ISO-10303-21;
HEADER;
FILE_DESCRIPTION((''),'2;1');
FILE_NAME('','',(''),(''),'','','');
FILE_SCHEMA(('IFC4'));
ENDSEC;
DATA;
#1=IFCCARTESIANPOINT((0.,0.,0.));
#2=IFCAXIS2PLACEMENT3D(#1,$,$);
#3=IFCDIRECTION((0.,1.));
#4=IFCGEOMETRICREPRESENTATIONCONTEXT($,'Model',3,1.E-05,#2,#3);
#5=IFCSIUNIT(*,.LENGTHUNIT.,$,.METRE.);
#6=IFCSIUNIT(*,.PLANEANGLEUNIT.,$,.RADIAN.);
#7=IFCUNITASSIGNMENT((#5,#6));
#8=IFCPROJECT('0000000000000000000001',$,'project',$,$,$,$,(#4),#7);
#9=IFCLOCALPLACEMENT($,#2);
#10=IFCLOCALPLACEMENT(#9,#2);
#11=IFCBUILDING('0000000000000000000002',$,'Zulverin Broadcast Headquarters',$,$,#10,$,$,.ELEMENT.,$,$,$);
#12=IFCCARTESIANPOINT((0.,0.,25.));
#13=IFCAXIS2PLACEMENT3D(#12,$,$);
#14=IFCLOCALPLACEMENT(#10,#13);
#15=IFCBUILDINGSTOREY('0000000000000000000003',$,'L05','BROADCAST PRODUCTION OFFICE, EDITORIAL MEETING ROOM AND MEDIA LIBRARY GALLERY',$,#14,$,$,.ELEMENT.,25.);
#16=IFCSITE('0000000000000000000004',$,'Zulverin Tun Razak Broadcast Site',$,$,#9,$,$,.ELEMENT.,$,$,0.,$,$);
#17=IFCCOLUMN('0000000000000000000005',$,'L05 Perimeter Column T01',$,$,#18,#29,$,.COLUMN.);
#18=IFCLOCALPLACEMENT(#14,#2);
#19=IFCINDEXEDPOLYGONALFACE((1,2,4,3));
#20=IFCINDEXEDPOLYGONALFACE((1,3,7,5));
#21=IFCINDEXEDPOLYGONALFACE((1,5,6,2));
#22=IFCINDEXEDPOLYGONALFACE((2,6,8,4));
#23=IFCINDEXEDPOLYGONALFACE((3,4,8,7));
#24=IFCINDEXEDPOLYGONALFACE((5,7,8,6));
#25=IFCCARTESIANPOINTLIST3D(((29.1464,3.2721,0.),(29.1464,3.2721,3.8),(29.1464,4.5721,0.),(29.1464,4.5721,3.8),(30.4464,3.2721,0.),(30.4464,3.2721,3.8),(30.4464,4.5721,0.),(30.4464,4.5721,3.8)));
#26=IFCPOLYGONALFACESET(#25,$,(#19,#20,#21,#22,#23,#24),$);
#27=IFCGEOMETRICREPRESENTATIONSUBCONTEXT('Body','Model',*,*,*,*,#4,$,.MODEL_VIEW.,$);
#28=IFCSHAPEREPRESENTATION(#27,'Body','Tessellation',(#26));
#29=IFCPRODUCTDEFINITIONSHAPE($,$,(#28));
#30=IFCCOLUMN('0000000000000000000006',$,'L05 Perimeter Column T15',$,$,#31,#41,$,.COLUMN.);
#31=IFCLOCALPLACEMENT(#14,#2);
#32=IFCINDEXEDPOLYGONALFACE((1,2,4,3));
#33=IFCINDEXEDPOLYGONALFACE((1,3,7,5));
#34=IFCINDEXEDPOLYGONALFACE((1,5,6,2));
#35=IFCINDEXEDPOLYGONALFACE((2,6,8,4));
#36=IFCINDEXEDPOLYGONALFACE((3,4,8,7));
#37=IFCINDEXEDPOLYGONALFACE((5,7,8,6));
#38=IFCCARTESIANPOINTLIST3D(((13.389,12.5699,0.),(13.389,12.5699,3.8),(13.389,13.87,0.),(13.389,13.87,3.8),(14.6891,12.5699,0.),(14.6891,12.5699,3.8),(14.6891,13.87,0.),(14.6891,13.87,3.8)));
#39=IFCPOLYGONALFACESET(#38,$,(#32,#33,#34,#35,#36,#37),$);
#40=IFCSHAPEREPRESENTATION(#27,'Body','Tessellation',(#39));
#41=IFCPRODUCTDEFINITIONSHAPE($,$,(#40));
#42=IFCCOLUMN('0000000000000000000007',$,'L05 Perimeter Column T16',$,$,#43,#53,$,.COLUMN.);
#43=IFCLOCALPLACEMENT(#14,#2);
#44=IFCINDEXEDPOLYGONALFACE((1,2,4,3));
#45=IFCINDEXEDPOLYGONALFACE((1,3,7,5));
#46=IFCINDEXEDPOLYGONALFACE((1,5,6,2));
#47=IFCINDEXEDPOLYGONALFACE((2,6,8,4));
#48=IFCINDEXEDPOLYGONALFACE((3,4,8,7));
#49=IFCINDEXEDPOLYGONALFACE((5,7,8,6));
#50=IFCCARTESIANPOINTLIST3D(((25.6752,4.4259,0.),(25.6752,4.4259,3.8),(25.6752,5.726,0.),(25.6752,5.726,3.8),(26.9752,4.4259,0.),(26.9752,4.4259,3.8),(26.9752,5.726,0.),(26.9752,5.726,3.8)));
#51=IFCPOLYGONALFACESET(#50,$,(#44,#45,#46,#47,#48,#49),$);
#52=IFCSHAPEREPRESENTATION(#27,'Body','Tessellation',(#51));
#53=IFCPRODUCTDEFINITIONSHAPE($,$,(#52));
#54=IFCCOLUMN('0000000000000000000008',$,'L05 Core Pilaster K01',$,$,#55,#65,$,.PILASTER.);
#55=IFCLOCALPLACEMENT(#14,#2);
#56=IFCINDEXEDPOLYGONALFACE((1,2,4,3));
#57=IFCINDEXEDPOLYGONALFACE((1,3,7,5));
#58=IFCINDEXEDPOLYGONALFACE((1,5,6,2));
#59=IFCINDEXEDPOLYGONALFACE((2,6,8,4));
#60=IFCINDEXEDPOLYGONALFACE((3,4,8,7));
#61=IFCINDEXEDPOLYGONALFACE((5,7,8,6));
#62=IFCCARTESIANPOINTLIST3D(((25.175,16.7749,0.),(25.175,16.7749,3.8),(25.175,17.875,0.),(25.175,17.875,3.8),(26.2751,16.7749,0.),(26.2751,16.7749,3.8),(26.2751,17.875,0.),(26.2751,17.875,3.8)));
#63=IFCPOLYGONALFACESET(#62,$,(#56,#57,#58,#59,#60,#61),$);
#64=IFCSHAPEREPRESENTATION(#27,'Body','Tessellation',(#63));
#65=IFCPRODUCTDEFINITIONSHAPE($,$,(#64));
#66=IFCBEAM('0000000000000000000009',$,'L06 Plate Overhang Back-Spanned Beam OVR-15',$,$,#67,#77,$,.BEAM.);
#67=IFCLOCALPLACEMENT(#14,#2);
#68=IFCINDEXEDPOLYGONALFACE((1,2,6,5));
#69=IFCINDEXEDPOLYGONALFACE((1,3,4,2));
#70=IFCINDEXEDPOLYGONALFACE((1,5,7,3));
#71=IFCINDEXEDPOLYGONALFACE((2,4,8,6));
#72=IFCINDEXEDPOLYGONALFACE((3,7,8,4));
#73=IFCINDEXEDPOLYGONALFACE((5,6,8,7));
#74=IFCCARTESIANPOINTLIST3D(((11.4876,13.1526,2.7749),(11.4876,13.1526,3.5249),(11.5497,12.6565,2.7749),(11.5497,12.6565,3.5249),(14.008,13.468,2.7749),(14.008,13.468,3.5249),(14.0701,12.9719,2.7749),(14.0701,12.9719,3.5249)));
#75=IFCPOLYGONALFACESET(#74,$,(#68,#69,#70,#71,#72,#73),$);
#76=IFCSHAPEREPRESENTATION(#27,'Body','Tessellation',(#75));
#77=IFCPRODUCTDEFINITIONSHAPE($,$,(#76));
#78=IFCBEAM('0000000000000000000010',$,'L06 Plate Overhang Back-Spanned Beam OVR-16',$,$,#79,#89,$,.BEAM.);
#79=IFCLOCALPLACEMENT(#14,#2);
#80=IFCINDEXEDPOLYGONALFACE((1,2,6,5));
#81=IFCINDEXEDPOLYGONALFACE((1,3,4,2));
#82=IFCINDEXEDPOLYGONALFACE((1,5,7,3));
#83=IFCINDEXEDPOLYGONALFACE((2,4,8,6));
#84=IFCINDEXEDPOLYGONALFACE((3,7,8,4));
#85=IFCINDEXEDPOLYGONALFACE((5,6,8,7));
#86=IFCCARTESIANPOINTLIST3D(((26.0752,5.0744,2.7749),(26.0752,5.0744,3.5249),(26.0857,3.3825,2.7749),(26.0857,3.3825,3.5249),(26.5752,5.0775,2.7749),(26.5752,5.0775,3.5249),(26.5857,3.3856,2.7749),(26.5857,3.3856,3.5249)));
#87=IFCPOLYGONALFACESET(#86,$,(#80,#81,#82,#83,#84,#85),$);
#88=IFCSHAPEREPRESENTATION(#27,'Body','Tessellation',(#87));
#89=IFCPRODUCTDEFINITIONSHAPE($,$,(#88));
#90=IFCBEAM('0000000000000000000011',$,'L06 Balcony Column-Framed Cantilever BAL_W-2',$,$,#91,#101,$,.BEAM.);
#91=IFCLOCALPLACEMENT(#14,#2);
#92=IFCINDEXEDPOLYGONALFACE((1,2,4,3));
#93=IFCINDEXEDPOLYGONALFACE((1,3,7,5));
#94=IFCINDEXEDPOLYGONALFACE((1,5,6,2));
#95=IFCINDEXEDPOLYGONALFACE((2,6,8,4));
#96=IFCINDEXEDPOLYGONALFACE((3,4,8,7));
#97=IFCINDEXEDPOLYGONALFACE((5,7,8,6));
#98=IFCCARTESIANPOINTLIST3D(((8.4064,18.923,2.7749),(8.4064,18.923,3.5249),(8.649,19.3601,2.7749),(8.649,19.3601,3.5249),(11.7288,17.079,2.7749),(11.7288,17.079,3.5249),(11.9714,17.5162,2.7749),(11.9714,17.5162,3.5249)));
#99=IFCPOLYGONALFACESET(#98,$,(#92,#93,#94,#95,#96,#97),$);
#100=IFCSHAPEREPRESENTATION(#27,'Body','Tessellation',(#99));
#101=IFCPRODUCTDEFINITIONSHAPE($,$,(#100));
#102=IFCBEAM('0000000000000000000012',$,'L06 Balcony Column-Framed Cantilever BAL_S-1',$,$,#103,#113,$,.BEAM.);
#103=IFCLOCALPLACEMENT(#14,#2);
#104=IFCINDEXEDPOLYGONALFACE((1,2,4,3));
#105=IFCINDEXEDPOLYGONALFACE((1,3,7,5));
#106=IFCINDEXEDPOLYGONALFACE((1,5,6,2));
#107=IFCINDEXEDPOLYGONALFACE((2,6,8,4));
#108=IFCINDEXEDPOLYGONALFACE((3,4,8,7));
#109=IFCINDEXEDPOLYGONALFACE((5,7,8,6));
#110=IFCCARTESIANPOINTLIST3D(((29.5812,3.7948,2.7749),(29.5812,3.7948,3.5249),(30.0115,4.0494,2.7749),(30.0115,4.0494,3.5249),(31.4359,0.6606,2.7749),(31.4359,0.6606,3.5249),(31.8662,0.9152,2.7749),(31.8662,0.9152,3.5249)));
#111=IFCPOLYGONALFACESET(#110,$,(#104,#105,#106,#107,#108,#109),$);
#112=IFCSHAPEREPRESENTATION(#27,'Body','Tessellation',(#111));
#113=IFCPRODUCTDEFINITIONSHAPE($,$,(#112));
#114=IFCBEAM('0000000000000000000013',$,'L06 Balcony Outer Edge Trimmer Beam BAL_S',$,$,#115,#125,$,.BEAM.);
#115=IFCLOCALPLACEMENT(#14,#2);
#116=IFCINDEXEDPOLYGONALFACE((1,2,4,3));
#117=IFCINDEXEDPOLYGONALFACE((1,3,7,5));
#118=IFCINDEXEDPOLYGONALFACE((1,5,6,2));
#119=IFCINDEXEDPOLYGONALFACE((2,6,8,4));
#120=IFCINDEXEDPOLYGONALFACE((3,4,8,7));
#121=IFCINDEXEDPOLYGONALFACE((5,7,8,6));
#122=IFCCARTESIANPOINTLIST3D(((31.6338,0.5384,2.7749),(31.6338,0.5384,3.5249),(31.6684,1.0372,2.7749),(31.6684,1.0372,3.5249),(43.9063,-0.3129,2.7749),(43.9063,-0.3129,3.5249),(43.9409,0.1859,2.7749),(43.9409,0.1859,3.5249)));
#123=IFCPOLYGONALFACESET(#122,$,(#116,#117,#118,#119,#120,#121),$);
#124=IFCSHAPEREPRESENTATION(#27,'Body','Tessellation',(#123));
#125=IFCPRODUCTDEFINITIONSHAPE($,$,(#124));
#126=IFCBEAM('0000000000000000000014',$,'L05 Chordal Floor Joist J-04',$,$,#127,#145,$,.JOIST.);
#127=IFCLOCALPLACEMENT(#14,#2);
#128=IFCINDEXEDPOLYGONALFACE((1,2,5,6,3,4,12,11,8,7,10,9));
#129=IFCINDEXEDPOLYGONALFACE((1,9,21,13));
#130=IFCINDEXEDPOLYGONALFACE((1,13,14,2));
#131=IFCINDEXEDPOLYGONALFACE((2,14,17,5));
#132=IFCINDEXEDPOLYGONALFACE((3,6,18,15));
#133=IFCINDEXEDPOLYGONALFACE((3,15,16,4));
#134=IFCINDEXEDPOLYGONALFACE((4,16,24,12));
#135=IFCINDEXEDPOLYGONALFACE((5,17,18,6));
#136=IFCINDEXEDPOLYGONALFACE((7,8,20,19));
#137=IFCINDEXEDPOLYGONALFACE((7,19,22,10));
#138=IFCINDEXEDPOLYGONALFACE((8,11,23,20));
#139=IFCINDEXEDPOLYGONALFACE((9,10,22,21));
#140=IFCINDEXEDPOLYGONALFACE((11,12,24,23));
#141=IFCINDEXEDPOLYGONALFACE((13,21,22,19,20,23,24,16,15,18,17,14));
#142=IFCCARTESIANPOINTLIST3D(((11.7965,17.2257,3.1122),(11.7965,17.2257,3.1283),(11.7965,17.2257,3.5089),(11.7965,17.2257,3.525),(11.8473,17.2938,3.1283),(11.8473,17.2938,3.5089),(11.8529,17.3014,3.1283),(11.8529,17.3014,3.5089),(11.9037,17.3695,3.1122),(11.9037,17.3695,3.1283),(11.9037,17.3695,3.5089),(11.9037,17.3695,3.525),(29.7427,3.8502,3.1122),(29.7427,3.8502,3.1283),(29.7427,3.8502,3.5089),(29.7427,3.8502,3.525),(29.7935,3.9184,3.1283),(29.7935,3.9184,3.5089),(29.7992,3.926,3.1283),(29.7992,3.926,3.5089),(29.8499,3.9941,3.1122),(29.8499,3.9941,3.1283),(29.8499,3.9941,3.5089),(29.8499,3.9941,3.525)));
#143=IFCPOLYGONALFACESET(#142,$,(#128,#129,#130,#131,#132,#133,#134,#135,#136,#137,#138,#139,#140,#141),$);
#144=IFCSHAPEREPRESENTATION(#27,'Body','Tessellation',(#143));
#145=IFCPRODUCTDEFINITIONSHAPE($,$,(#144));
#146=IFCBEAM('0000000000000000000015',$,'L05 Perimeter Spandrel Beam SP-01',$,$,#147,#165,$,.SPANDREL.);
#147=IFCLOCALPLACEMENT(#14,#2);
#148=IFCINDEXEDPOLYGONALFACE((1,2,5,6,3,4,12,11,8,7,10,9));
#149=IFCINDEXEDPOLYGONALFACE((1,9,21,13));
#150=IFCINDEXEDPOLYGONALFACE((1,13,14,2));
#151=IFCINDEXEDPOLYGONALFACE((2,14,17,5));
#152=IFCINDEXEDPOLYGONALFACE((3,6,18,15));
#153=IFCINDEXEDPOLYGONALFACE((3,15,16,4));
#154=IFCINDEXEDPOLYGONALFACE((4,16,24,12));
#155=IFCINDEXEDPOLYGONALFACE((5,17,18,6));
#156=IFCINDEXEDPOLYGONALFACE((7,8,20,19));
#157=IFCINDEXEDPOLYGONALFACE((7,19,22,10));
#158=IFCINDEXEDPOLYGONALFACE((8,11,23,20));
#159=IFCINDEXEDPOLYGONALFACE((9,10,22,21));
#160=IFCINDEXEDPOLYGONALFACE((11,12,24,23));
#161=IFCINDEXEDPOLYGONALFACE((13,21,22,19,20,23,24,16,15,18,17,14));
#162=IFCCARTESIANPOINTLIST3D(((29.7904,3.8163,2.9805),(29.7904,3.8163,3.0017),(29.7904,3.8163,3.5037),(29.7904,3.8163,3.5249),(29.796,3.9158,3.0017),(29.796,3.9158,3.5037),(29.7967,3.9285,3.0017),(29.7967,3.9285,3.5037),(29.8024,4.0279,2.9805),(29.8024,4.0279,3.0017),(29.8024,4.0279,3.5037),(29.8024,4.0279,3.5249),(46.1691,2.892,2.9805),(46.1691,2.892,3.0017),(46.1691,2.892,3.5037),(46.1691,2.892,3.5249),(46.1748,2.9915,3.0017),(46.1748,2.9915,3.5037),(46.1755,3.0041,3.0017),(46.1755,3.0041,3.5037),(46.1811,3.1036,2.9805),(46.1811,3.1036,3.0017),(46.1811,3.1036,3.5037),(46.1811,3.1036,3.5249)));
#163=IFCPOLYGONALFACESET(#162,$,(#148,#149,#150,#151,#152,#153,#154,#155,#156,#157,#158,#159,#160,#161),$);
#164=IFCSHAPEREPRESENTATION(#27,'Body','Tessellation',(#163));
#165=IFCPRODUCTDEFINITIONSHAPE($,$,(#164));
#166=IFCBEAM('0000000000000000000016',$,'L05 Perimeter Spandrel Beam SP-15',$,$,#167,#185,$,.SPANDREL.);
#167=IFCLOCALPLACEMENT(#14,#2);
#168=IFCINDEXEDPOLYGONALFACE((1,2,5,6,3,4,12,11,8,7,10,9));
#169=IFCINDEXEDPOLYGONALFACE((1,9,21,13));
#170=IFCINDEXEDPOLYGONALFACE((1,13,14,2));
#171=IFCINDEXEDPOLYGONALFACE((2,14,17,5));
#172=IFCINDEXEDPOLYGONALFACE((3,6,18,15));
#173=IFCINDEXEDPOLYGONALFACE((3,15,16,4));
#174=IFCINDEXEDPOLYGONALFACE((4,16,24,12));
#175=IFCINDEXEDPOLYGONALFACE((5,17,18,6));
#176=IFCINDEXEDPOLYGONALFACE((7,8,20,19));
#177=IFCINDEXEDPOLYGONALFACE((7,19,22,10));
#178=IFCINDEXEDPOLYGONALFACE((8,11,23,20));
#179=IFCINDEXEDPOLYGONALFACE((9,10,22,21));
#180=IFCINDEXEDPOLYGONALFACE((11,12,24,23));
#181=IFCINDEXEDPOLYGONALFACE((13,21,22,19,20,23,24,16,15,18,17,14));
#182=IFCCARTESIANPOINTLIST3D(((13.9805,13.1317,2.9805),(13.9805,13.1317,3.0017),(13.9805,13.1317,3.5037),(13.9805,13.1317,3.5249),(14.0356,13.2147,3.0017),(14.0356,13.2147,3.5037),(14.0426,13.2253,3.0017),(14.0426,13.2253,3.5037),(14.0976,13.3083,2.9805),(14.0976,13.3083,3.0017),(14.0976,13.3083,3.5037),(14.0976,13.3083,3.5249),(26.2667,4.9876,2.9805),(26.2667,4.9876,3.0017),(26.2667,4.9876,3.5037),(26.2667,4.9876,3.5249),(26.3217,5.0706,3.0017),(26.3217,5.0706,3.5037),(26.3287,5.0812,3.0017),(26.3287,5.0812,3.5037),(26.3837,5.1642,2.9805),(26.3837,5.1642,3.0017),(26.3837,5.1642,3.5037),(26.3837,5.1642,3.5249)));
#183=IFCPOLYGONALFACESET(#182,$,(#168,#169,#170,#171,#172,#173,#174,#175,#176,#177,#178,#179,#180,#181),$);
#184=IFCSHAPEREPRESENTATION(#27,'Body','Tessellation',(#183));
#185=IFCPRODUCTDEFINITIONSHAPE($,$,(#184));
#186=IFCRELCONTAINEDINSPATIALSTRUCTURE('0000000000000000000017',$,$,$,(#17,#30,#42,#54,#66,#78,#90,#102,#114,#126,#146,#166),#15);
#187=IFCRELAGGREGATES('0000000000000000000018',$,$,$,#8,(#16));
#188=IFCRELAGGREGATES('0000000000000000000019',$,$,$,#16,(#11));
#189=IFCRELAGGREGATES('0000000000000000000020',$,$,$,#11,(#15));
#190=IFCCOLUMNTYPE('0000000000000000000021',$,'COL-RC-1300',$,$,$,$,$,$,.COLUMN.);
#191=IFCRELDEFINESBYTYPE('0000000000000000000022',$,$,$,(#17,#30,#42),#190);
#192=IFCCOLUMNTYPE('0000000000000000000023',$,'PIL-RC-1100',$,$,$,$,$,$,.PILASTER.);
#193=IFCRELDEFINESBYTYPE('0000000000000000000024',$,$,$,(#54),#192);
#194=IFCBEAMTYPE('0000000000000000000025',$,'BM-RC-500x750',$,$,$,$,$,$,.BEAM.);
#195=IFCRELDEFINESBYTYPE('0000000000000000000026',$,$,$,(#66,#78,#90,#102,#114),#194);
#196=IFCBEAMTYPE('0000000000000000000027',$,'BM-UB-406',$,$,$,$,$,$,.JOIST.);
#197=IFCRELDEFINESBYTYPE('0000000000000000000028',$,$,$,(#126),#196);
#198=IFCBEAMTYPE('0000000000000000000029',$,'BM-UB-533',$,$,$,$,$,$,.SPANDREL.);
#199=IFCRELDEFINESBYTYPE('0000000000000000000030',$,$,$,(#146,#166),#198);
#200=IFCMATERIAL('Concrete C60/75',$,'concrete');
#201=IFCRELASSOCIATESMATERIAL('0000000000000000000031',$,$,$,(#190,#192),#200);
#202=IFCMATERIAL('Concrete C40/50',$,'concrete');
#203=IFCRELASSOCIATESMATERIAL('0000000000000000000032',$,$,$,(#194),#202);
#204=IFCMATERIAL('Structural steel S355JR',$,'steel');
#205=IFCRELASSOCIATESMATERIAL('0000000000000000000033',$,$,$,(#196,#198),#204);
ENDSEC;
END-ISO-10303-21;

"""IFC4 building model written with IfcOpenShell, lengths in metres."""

from ifc_helpers import new_model, si_unit, direction, frame, origin, origin_2d, place, context, subcontext, project, spatial, rectangle, i_section, extrude, material, material_profile, profile_set, type_object, element, save


model = new_model("IFC4")

# Units and contexts
model_context = context("Model", 3, precision=1e-05, world=origin(), true_north=direction((0.0, 1.0)))
body_context = subcontext(model_context, "Body", "Model", "MODEL_VIEW")
ifc_project = project(units=[si_unit("LENGTHUNIT", "METRE"), si_unit("PLANEANGLEUNIT", "RADIAN")], contexts=[model_context])

# Site, building, storey
site_placement = place(None, origin())
site = spatial("IfcSite", under=ifc_project, at=site_placement, Name="Zulverin Tun Razak Broadcast Site", CompositionType="ELEMENT", RefElevation=0.0)
building_placement = place(site_placement, origin())
building = spatial("IfcBuilding", under=site, at=building_placement, Name="Zulverin Broadcast Headquarters", CompositionType="ELEMENT")
storey_placement = place(building_placement, frame((0.0, 0.0, 25.0)))
storey = spatial("IfcBuildingStorey", under=building, at=storey_placement, Name="L05", Description="BROADCAST PRODUCTION OFFICE, EDITORIAL MEETING ROOM AND MEDIA LIBRARY GALLERY", CompositionType="ELEMENT", Elevation=25.0)

# Columns
ifc_material_1 = material(Name="Concrete C60/75", Category="concrete")
ifc_material_profile_1 = material_profile(ifc_material_1, rectangle(XDim=1.3, YDim=1.3, at=origin_2d()), Name="Concrete C60/75", Category="concrete")
ifc_profile_set_1 = profile_set([ifc_material_profile_1], Name="Concrete C60/75")
column_type_1 = type_object("IfcColumnType", Name="COL-RC-1300", PredefinedType="COLUMN", material=ifc_profile_set_1)
for number, where, z_axis, x_axis, name in (
    (1, (29.7964, 3.9221, 0.0), (0.0, 0.0, 1.0), (1.0, 0.0, 0.0), "L05 Perimeter Column T01"),
    (2, (14.0391, 13.22, 0.0), (0.0, 0.0, 1.0), (1.0, 0.0, 0.0), "L05 Perimeter Column T15"),
    (3, (26.3252, 5.0759, 0.0), (0.0, 0.0, 1.0), (1.0, 0.0, 0.0), "L05 Perimeter Column T16"),
):
    element("IfcColumn", number, at=place(storey_placement, frame(where, z_axis=z_axis, x_axis=x_axis)), inside=storey, type_object=column_type_1, Name=name, PredefinedType="COLUMN", context=body_context, shape_type="SweptSolid", body=[
        extrude(rectangle(XDim=1.3, YDim=1.3, at=origin_2d()), origin(), (0.0, 0.0, 1.0), 3.8),
    ])
ifc_material_profile_2 = material_profile(ifc_material_1, rectangle(XDim=1.1001, YDim=1.1001, at=origin_2d()), Name="Concrete C60/75", Category="concrete")
ifc_profile_set_2 = profile_set([ifc_material_profile_2], Name="Concrete C60/75")
column_type_2 = type_object("IfcColumnType", Name="PIL-RC-1100", PredefinedType="PILASTER", material=ifc_profile_set_2)
column_placement = place(storey_placement, frame((25.7251, 17.325, 0.0), z_axis=(0.0, 0.0, 1.0), x_axis=(1.0, 0.0, 0.0)))
element("IfcColumn", 4, at=column_placement, inside=storey, type_object=column_type_2, Name="L05 Core Pilaster K01", PredefinedType="PILASTER", context=body_context, shape_type="SweptSolid", body=[
    extrude(rectangle(XDim=1.1001, YDim=1.1001, at=origin_2d()), origin(), (0.0, 0.0, 1.0), 3.8),
])

# Beams
ifc_material_2 = material(Name="Concrete C40/50", Category="concrete")
ifc_material_profile_3 = material_profile(ifc_material_2, rectangle(XDim=0.5, YDim=0.75, at=origin_2d()), Name="Concrete C40/50", Category="concrete")
ifc_profile_set_3 = profile_set([ifc_material_profile_3], Name="Concrete C40/50")
beam_type_1 = type_object("IfcBeamType", Name="BM-RC-500x750", PredefinedType="BEAM", material=ifc_profile_set_3)
beam_1_placement = place(storey_placement, frame((14.0391, 13.22, 3.1499), z_axis=(-0.992259, -0.124189, 0.0), x_axis=(0.124189, -0.992259, 0.0)))
element("IfcBeam", 5, at=beam_1_placement, inside=storey, type_object=beam_type_1, Name="L06 Plate Overhang Back-Spanned Beam OVR-15", PredefinedType="BEAM", context=body_context, shape_type="SweptSolid", body=[
    extrude(rectangle(XDim=0.5, YDim=0.75, at=origin_2d()), origin(), (0.0, 0.0, 1.0), 2.54),
])
beam_2_placement = place(storey_placement, frame((26.3252, 5.0759, 3.1499), z_axis=(0.006205, -0.999981, 0.0), x_axis=(0.999981, 0.006205, 0.0)))
element("IfcBeam", 6, at=beam_2_placement, inside=storey, type_object=beam_type_1, Name="L06 Plate Overhang Back-Spanned Beam OVR-16", PredefinedType="BEAM", context=body_context, shape_type="SweptSolid", body=[
    extrude(rectangle(XDim=0.5, YDim=0.75, at=origin_2d()), origin(), (0.0, 0.0, 1.0), 1.6919),
])
beam_3_placement = place(storey_placement, frame((11.8501, 17.2976, 3.1499), z_axis=(-0.874363, 0.485272, 0.0), x_axis=(-0.485272, -0.874363, 0.0)))
element("IfcBeam", 7, at=beam_3_placement, inside=storey, type_object=beam_type_1, Name="L06 Balcony Column-Framed Cantilever BAL_W-2", PredefinedType="BEAM", context=body_context, shape_type="SweptSolid", body=[
    extrude(rectangle(XDim=0.5, YDim=0.75, at=origin_2d()), origin(), (0.0, 0.0, 1.0), 3.7998),
])
beam_4_placement = place(storey_placement, frame((29.7964, 3.9221, 3.1499), z_axis=(0.509271, -0.860606, 0.0), x_axis=(0.860606, 0.509271, 0.0)))
element("IfcBeam", 8, at=beam_4_placement, inside=storey, type_object=beam_type_1, Name="L06 Balcony Column-Framed Cantilever BAL_S-1", PredefinedType="BEAM", context=body_context, shape_type="SweptSolid", body=[
    extrude(rectangle(XDim=0.5, YDim=0.75, at=origin_2d()), origin(), (0.0, 0.0, 1.0), 3.6418),
])
beam_5_placement = place(storey_placement, frame((31.6511, 0.7878, 3.1499), z_axis=(0.997603, -0.069202, 0.0), x_axis=(0.069202, 0.997603, 0.0)))
element("IfcBeam", 9, at=beam_5_placement, inside=storey, type_object=beam_type_1, Name="L06 Balcony Outer Edge Trimmer Beam BAL_S", PredefinedType="BEAM", context=body_context, shape_type="SweptSolid", body=[
    extrude(rectangle(XDim=0.5, YDim=0.75, at=origin_2d()), origin(), (0.0, 0.0, 1.0), 12.302),
])
ifc_material_3 = material(Name="Structural steel S355JR", Category="steel")
ifc_material_profile_4 = material_profile(ifc_material_3, i_section(OverallWidth=0.1794, OverallDepth=0.4128, WebThickness=0.0095, FlangeThickness=0.0161, at=origin_2d()), Name="Structural steel S355JR", Category="steel")
ifc_profile_set_4 = profile_set([ifc_material_profile_4], Name="Structural steel S355JR")
beam_type_2 = type_object("IfcBeamType", Name="BM-UB-406", PredefinedType="JOIST", material=ifc_profile_set_4)
beam_6_placement = place(storey_placement, frame((11.8501, 17.2976, 3.3186), z_axis=(0.801803, -0.597589, 0.0), x_axis=(0.597589, 0.801803, 0.0)))
element("IfcBeam", 10, at=beam_6_placement, inside=storey, type_object=beam_type_2, Name="L05 Chordal Floor Joist J-04", PredefinedType="JOIST", context=body_context, shape_type="SweptSolid", body=[
    extrude(i_section(OverallWidth=0.1794, OverallDepth=0.4128, WebThickness=0.0095, FlangeThickness=0.0161, at=origin_2d()), origin(), (0.0, 0.0, 1.0), 22.3823),
])
ifc_material_profile_5 = material_profile(ifc_material_3, i_section(OverallWidth=0.2119, OverallDepth=0.5444, WebThickness=0.0127, FlangeThickness=0.0212, at=origin_2d()), Name="Structural steel S355JR", Category="steel")
ifc_profile_set_5 = profile_set([ifc_material_profile_5], Name="Structural steel S355JR")
beam_type_3 = type_object("IfcBeamType", Name="BM-UB-533", PredefinedType="SPANDREL", material=ifc_profile_set_5)
beam_7_placement = place(storey_placement, frame((29.7964, 3.9221, 3.2527), z_axis=(0.998411, -0.056345, 0.0), x_axis=(0.056345, 0.998411, 0.0)))
element("IfcBeam", 11, at=beam_7_placement, inside=storey, type_object=beam_type_3, Name="L05 Perimeter Spandrel Beam SP-01", PredefinedType="SPANDREL", context=body_context, shape_type="SweptSolid", body=[
    extrude(i_section(OverallWidth=0.2119, OverallDepth=0.5444, WebThickness=0.0127, FlangeThickness=0.0212, at=origin_2d()), origin(), (0.0, 0.0, 1.0), 16.4048),
])
beam_8_placement = place(storey_placement, frame((14.0391, 13.22, 3.2527), z_axis=(0.83351, -0.552504, 0.0), x_axis=(0.552504, 0.83351, 0.0)))
element("IfcBeam", 12, at=beam_8_placement, inside=storey, type_object=beam_type_3, Name="L05 Perimeter Spandrel Beam SP-15", PredefinedType="SPANDREL", context=body_context, shape_type="SweptSolid", body=[
    extrude(i_section(OverallWidth=0.2119, OverallDepth=0.5444, WebThickness=0.0127, FlangeThickness=0.0212, at=origin_2d()), origin(), (0.0, 0.0, 1.0), 14.7402),
])

save(model, "model.ifc")
